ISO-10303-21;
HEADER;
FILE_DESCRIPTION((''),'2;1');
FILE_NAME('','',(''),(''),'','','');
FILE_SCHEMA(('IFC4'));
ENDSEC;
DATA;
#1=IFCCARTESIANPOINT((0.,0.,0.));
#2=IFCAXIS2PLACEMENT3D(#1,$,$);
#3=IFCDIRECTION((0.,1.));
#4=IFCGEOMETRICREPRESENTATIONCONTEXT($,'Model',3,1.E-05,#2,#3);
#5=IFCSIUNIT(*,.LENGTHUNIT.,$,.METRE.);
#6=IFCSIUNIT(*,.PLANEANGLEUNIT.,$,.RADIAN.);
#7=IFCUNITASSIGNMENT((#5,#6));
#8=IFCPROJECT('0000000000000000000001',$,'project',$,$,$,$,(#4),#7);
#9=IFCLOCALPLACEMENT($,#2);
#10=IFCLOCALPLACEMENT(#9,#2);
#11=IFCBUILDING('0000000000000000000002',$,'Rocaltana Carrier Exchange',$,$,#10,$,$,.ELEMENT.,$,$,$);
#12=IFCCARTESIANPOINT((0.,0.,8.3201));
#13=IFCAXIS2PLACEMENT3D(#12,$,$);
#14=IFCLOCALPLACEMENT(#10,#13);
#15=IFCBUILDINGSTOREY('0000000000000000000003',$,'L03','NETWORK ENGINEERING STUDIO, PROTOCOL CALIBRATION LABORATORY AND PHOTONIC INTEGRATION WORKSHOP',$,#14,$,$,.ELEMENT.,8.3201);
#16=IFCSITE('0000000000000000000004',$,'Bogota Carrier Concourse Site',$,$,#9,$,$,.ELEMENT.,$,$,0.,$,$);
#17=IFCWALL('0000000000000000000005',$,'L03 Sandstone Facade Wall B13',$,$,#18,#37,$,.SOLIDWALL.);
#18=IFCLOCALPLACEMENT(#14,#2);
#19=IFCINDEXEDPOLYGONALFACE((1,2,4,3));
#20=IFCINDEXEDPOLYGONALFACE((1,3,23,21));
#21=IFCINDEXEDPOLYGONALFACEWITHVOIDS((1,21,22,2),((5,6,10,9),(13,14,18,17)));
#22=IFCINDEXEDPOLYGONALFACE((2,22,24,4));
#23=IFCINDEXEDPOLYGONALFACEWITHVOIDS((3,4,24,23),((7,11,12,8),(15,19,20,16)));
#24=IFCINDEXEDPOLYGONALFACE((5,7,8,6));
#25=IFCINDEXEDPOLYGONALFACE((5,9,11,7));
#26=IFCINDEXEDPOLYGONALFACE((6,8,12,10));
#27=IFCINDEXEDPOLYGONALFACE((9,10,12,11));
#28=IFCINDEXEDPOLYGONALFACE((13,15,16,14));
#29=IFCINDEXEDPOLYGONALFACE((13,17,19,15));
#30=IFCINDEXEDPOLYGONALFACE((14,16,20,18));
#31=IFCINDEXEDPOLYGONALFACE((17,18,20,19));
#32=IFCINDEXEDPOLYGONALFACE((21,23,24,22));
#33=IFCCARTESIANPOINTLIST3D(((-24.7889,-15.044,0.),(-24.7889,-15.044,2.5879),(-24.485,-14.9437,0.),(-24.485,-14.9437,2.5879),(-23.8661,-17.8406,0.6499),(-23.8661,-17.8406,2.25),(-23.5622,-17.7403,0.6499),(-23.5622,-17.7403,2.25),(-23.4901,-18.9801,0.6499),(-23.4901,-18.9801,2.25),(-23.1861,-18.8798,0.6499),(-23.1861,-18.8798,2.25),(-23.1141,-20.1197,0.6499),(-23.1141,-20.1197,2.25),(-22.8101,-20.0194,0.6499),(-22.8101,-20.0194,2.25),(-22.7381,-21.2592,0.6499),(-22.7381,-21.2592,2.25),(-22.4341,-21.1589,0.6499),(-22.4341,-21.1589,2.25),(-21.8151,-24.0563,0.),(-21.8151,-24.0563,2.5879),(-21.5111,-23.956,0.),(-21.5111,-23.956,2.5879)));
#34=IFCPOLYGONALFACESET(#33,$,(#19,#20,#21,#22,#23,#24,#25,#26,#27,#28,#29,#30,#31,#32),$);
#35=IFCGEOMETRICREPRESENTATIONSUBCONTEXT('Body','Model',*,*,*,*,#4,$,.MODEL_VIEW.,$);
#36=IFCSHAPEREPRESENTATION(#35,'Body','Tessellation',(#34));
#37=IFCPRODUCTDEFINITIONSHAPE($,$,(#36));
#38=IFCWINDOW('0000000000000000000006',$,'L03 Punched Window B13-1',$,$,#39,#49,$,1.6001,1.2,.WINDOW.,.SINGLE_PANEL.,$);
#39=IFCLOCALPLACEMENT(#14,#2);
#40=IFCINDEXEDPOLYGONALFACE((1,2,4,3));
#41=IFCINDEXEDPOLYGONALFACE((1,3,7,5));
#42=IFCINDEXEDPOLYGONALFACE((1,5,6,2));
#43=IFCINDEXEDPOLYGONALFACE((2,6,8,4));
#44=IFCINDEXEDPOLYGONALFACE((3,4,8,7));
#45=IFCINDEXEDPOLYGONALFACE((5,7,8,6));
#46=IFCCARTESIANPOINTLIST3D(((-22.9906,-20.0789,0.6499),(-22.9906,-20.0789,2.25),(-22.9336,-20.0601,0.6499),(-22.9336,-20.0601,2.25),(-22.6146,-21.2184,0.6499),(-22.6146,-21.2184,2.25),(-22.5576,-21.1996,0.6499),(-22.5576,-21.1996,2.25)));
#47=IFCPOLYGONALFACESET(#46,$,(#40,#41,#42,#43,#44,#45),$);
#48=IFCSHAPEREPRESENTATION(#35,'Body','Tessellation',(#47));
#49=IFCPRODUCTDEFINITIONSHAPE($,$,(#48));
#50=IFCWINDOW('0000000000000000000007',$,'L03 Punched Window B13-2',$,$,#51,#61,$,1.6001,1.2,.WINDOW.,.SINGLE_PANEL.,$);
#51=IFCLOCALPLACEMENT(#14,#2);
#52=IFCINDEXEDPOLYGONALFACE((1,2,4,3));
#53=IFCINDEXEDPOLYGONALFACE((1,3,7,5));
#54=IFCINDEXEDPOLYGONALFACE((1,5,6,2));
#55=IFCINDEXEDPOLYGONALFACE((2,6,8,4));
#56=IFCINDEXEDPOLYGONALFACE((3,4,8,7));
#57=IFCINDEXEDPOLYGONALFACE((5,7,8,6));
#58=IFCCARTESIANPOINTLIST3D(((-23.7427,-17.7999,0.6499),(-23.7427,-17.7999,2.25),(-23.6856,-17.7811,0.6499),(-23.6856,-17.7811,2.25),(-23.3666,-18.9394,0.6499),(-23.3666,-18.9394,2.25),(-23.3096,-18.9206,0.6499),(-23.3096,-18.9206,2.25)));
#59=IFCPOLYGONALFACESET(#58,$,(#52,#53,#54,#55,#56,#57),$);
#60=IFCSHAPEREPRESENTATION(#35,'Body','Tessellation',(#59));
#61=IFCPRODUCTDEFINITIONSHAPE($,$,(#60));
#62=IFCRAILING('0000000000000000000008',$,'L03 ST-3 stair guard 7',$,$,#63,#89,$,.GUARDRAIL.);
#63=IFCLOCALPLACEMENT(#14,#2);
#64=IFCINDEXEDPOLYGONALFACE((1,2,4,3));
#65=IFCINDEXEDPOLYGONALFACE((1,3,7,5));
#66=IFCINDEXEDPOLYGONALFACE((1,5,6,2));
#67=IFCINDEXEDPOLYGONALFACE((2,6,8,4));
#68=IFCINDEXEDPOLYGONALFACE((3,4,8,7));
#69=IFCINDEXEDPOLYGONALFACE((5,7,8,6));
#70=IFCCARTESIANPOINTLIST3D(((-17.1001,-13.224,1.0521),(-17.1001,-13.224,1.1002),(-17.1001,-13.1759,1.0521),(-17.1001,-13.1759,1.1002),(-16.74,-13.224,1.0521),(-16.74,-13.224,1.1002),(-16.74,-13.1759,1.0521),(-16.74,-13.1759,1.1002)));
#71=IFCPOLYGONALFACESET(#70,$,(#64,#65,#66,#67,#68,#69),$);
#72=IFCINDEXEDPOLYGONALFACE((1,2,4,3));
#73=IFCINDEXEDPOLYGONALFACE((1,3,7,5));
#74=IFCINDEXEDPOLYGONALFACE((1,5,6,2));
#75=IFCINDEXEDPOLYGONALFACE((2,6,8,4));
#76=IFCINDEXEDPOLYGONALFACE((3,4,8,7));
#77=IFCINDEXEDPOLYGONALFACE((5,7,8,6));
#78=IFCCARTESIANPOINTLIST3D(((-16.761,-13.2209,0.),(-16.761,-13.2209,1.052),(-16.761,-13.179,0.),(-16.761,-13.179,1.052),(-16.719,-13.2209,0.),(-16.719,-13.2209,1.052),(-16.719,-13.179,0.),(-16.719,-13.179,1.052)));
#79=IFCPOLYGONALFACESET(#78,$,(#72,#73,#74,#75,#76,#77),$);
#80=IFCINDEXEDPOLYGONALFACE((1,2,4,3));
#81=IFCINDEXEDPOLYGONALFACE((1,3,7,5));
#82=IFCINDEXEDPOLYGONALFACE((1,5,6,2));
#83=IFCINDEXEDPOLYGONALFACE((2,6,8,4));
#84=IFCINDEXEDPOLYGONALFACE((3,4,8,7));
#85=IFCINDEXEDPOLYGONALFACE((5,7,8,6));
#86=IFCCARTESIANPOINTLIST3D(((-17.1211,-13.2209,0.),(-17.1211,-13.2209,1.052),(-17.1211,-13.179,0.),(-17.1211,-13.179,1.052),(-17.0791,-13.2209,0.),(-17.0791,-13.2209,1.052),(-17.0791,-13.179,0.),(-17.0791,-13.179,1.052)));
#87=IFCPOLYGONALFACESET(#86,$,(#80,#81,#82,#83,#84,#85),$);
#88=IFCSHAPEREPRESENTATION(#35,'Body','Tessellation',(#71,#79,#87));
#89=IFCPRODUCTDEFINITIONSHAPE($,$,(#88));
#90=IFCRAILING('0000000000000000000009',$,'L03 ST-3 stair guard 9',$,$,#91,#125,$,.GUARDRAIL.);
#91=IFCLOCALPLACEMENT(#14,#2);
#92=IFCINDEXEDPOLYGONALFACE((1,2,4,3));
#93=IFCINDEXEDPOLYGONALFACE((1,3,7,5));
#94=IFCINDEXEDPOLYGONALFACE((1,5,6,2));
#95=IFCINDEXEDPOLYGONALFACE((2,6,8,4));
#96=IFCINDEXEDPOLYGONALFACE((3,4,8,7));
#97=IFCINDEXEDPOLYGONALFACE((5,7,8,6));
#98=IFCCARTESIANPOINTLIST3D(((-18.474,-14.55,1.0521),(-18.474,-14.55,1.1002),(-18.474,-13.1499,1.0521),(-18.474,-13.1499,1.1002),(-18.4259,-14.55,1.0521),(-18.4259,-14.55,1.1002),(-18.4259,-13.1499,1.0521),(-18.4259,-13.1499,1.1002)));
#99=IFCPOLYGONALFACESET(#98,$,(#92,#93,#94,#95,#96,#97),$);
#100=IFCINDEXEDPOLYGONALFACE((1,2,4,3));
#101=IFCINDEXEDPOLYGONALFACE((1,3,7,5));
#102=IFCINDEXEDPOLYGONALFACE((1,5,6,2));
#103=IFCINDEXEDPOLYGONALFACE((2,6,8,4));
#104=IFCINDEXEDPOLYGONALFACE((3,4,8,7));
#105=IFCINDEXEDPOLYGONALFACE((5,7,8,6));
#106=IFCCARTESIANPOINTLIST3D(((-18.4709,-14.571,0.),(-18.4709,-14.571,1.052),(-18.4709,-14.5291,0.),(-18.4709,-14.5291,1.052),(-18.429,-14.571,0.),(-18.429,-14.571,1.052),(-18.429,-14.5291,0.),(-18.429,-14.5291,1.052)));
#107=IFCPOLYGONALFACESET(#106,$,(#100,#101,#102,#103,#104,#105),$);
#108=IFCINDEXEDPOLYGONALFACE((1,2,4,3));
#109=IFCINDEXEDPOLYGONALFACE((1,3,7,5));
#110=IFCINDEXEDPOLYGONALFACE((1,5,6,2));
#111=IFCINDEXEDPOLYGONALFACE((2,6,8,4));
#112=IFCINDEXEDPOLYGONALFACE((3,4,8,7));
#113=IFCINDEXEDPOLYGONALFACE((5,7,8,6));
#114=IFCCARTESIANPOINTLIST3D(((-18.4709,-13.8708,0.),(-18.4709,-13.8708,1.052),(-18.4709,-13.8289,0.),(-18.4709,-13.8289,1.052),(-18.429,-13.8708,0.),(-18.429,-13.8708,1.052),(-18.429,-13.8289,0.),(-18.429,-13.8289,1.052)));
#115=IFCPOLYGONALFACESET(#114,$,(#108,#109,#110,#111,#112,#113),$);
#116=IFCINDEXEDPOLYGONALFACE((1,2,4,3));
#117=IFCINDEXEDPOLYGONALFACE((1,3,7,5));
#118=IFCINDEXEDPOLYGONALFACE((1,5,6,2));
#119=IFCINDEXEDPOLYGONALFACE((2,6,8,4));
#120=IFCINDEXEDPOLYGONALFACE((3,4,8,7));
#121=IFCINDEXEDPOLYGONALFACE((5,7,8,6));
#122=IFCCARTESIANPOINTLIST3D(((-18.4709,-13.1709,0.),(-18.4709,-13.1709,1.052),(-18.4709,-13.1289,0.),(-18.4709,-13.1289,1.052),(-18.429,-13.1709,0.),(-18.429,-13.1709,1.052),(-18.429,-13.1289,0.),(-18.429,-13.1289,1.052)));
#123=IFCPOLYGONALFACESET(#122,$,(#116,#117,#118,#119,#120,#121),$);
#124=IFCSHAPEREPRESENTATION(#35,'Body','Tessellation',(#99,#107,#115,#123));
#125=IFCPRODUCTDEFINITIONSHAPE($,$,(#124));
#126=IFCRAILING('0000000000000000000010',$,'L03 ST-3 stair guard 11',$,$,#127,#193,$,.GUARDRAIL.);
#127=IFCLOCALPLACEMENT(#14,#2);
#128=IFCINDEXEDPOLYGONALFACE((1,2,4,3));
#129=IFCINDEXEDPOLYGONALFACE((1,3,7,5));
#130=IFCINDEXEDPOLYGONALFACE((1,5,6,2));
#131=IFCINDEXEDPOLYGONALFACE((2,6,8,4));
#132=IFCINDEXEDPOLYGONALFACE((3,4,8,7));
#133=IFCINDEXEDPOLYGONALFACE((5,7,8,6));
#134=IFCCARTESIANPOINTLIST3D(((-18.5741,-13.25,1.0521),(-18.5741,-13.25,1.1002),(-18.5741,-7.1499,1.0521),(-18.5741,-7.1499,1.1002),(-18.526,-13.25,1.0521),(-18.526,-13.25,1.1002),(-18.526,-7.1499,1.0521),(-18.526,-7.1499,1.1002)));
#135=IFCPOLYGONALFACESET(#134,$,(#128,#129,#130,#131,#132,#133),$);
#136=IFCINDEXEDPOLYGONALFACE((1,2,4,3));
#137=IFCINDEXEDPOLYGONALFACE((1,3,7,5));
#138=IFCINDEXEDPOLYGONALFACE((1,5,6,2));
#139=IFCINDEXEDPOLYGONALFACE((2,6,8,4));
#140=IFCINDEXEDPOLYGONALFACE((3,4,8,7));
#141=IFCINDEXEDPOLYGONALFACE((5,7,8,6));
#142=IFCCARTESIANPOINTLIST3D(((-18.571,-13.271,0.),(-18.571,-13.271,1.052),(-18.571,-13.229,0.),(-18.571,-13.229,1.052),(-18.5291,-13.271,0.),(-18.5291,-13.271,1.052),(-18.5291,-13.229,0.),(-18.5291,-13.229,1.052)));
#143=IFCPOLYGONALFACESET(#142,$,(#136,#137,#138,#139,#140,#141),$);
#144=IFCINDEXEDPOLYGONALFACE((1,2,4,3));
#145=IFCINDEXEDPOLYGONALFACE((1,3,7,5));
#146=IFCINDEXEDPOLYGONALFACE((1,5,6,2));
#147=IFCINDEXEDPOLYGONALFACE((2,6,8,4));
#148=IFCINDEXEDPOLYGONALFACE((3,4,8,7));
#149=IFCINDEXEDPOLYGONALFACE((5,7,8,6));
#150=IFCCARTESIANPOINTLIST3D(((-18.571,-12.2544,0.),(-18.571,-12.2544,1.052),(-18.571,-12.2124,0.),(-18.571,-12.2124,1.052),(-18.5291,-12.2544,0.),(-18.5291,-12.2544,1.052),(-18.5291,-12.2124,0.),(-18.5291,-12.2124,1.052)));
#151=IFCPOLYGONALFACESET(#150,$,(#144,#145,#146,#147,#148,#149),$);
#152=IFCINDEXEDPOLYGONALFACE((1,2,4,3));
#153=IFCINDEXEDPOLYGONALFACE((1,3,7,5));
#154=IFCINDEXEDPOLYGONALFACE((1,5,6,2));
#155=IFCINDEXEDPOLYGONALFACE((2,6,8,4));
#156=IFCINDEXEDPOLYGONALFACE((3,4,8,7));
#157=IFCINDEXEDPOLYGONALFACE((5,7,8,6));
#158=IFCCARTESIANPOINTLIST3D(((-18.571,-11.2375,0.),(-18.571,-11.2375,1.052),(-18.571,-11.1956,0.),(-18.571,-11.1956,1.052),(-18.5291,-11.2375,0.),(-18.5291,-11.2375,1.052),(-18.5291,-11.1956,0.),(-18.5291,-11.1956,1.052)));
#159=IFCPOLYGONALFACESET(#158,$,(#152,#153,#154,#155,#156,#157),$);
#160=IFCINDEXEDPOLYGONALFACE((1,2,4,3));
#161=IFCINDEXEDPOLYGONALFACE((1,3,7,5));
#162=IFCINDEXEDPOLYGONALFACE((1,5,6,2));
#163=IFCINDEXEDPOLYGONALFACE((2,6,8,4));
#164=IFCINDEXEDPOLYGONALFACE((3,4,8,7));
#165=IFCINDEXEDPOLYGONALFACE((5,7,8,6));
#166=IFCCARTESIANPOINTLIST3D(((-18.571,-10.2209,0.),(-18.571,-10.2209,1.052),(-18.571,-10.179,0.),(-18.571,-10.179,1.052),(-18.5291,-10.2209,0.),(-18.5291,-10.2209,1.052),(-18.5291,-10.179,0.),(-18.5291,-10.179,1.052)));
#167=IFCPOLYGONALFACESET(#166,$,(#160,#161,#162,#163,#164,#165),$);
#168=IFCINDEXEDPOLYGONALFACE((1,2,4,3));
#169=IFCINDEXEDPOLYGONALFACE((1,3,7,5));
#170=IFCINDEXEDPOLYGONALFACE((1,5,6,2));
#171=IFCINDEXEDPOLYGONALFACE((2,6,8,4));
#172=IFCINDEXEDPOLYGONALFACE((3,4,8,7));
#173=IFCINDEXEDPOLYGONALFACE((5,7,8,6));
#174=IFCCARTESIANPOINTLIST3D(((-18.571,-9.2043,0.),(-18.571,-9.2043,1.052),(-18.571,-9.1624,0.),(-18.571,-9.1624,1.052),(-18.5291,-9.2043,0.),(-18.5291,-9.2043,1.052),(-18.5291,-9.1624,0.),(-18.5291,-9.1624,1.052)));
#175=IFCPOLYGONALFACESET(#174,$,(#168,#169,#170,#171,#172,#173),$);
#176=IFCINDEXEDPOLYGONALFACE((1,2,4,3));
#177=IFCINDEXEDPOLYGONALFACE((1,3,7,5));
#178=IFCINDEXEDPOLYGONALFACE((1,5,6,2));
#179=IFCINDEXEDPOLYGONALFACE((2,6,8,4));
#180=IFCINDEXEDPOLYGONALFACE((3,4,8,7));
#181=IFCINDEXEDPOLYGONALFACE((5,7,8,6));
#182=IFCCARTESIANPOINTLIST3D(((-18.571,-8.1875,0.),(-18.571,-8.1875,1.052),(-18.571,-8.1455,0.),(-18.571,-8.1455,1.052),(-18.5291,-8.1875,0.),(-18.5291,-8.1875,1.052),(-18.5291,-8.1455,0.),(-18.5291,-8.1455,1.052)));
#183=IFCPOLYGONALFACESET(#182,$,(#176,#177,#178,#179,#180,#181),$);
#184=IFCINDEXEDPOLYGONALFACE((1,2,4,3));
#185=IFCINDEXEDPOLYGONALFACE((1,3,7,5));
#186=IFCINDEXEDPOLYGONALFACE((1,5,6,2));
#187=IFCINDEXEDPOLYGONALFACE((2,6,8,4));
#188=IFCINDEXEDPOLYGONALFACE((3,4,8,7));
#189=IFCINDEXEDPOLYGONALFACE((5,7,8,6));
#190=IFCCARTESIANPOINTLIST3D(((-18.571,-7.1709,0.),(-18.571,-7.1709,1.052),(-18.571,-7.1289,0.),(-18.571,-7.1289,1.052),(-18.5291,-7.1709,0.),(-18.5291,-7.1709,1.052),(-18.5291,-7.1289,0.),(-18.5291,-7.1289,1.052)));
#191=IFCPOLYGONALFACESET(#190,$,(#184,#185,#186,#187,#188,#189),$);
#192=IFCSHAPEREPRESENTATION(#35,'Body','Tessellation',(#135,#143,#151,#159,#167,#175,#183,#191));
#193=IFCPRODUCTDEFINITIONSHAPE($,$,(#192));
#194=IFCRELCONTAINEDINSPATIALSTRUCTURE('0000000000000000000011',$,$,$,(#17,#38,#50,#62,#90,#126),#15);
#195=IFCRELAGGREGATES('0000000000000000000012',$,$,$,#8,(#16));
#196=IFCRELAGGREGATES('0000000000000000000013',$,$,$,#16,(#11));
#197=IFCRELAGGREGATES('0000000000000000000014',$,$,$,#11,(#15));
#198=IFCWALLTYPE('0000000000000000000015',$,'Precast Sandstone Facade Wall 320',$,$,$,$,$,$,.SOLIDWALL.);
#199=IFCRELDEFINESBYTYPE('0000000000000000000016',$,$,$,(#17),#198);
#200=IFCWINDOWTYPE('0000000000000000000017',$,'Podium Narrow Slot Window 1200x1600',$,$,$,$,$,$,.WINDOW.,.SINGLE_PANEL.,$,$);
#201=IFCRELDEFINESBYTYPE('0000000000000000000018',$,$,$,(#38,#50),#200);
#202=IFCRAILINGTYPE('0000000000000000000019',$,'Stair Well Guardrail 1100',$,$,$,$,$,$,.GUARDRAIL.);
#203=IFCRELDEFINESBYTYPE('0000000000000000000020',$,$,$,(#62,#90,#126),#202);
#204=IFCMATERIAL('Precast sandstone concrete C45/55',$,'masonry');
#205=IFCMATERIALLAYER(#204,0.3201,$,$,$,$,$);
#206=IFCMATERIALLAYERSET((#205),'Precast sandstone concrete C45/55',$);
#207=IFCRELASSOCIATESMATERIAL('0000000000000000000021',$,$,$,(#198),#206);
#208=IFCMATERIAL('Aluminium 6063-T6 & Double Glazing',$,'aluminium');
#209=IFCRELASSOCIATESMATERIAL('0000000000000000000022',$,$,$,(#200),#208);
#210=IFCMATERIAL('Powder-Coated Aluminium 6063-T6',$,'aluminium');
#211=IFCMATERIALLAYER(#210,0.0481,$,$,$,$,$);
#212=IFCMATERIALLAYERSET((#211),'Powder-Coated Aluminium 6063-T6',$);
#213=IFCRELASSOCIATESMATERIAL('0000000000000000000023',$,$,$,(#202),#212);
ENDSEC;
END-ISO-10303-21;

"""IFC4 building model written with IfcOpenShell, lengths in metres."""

from ifc_helpers import new_model, si_unit, direction, frame, frame_2d, origin, origin_2d, place, context, subcontext, project, spatial, rectangle, extrude, material, layer, layer_set, type_object, element, fill, save


model = new_model("IFC4")

# Units and contexts
model_context = context("Model", 3, precision=1e-05, world=origin(), true_north=direction((0.0, 1.0)))
body_context = subcontext(model_context, "Body", "Model", "MODEL_VIEW")
ifc_project = project(units=[si_unit("LENGTHUNIT", "METRE"), si_unit("PLANEANGLEUNIT", "RADIAN")], contexts=[model_context])

# Site, building, storey
site_placement = place(None, origin())
site = spatial("IfcSite", under=ifc_project, at=site_placement, Name="Bogota Carrier Concourse Site", CompositionType="ELEMENT", RefElevation=0.0)
building_placement = place(site_placement, origin())
building = spatial("IfcBuilding", under=site, at=building_placement, Name="Rocaltana Carrier Exchange", CompositionType="ELEMENT")
storey_placement = place(building_placement, frame((0.0, 0.0, 8.3201)))
storey = spatial("IfcBuildingStorey", under=building, at=storey_placement, Name="L03", Description="NETWORK ENGINEERING STUDIO, PROTOCOL CALIBRATION LABORATORY AND PHOTONIC INTEGRATION WORKSHOP", CompositionType="ELEMENT", Elevation=8.3201)

# Wall, openings, windows
ifc_material_1 = material(Name="Precast sandstone concrete C45/55", Category="masonry")
ifc_layer_1 = layer(ifc_material_1, 0.3201)
ifc_layer_set_1 = layer_set([ifc_layer_1], Name="Precast sandstone concrete C45/55")
wall_type_1 = type_object("IfcWallType", Name="Precast Sandstone Facade Wall 320", PredefinedType="SOLIDWALL", material=ifc_layer_set_1)
wall_1_placement = place(storey_placement, frame((-21.6631, -24.0061, 0.0), z_axis=(0.0, 0.0, 1.0), x_axis=(-0.313363, 0.949633, 0.0)))
wall_1 = element("IfcWall", 1, at=wall_1_placement, inside=storey, type_object=wall_type_1, Name="L03 Sandstone Facade Wall B13", PredefinedType="SOLIDWALL", context=body_context, shape_type="SweptSolid", body=[
    extrude(rectangle(XDim=9.4902, YDim=0.3201, at=frame_2d((4.7451, 0.0))), origin(), (0.0, 0.0, 1.0), 2.5879),
])
opening_1_placement = place(wall_1_placement, frame((2.9453, 0.0, 0.6499)))
opening_1 = element("IfcOpeningElement", 2, at=opening_1_placement, cuts=wall_1, PredefinedType="OPENING", context=body_context, shape_type="SweptSolid", body=[
    extrude(rectangle(XDim=1.2, YDim=1.6001, at=frame_2d((0.6001, 0.8))), frame((0.0, 0.1699, 0.0), z_axis=(0.0, -1.0, 0.0), x_axis=(1.0, 0.0, 0.0)), (0.0, 0.0, 1.0), 0.3401),
])
opening_2_placement = place(wall_1_placement, frame((5.3452, 0.0, 0.6499)))
opening_2 = element("IfcOpeningElement", 3, at=opening_2_placement, cuts=wall_1, PredefinedType="OPENING", context=body_context, shape_type="SweptSolid", body=[
    extrude(rectangle(XDim=1.2, YDim=1.6001, at=frame_2d((0.6001, 0.8))), frame((0.0, 0.1699, 0.0), z_axis=(0.0, -1.0, 0.0), x_axis=(1.0, 0.0, 0.0)), (0.0, 0.0, 1.0), 0.3401),
])
ifc_material_2 = material(Name="Aluminium 6063-T6 & Double Glazing", Category="aluminium")
window_type_1 = type_object("IfcWindowType", Name="Podium Narrow Slot Window 1200x1600", PartitioningType="SINGLE_PANEL", PredefinedType="WINDOW", material=ifc_material_2)
window_1_placement = place(opening_1_placement, origin())
window_1 = element("IfcWindow", 4, at=window_1_placement, inside=storey, type_object=window_type_1, Name="L03 Punched Window B13-1", OverallHeight=1.6001, OverallWidth=1.2, PartitioningType="SINGLE_PANEL", PredefinedType="WINDOW", context=body_context, shape_type="SweptSolid", body=[
    extrude(rectangle(XDim=1.2, YDim=1.6001, at=frame_2d((0.6001, 0.8))), frame((0.0, 0.03, 0.0), z_axis=(0.0, -1.0, 0.0), x_axis=(1.0, 0.0, 0.0)), (0.0, 0.0, 1.0), 0.0601),
])
fill(opening_1, window_1)
window_2_placement = place(opening_2_placement, origin())
window_2 = element("IfcWindow", 5, at=window_2_placement, inside=storey, type_object=window_type_1, Name="L03 Punched Window B13-2", OverallHeight=1.6001, OverallWidth=1.2, PartitioningType="SINGLE_PANEL", PredefinedType="WINDOW", context=body_context, shape_type="SweptSolid", body=[
    extrude(rectangle(XDim=1.2, YDim=1.6001, at=frame_2d((0.6001, 0.8))), frame((0.0, 0.03, 0.0), z_axis=(0.0, -1.0, 0.0), x_axis=(1.0, 0.0, 0.0)), (0.0, 0.0, 1.0), 0.0601),
])
fill(opening_2, window_2)

# Railings
ifc_material_3 = material(Name="Powder-Coated Aluminium 6063-T6", Category="aluminium")
ifc_layer_2 = layer(ifc_material_3, 0.0481)
ifc_layer_set_2 = layer_set([ifc_layer_2], Name="Powder-Coated Aluminium 6063-T6")
railing_type_1 = type_object("IfcRailingType", Name="Stair Well Guardrail 1100", PredefinedType="GUARDRAIL", material=ifc_layer_set_2)
railing_1_placement = place(storey_placement, frame((-16.74, -13.2, 0.0)))
element("IfcRailing", 6, at=railing_1_placement, inside=storey, type_object=railing_type_1, Name="L03 ST-3 stair guard 7", PredefinedType="GUARDRAIL", context=body_context, shape_type="SweptSolid", body=[
    extrude(rectangle(XDim=0.0481, YDim=0.0481, at=origin_2d()), frame((0.0, 0.0, 1.0762), z_axis=(-1.0, 0.0, 0.0), x_axis=(0.0, -1.0, 0.0)), (0.0, 0.0, 1.0), 0.3601),
    extrude(rectangle(XDim=0.042, YDim=0.042, at=origin_2d()), origin(), (0.0, 0.0, 1.0), 1.052),
    extrude(rectangle(XDim=0.042, YDim=0.042, at=origin_2d()), frame((-0.3601, 0.0, 0.0)), (0.0, 0.0, 1.0), 1.052),
])
railing_2_placement = place(storey_placement, frame((-18.45, -14.55, 0.0)))
element("IfcRailing", 7, at=railing_2_placement, inside=storey, type_object=railing_type_1, Name="L03 ST-3 stair guard 9", PredefinedType="GUARDRAIL", context=body_context, shape_type="SweptSolid", body=[
    extrude(rectangle(XDim=0.0481, YDim=0.0481, at=origin_2d()), frame((0.0, 0.0, 1.0762), z_axis=(0.0, 1.0, 0.0), x_axis=(-1.0, 0.0, 0.0)), (0.0, 0.0, 1.0), 1.4001),
    extrude(rectangle(XDim=0.042, YDim=0.042, at=origin_2d()), origin(), (0.0, 0.0, 1.0), 1.052),
    extrude(rectangle(XDim=0.042, YDim=0.042, at=origin_2d()), frame((0.0, 0.7002, 0.0)), (0.0, 0.0, 1.0), 1.052),
    extrude(rectangle(XDim=0.042, YDim=0.042, at=origin_2d()), frame((0.0, 1.4001, 0.0)), (0.0, 0.0, 1.0), 1.052),
])
railing_3_placement = place(storey_placement, frame((-18.55, -13.25, 0.0)))
element("IfcRailing", 8, at=railing_3_placement, inside=storey, type_object=railing_type_1, Name="L03 ST-3 stair guard 11", PredefinedType="GUARDRAIL", context=body_context, shape_type="SweptSolid", body=[
    extrude(rectangle(XDim=0.0481, YDim=0.0481, at=origin_2d()), frame((0.0, 0.0, 1.0762), z_axis=(0.0, 1.0, 0.0), x_axis=(-1.0, 0.0, 0.0)), (0.0, 0.0, 1.0), 6.1001),
    extrude(rectangle(XDim=0.042, YDim=0.042, at=origin_2d()), origin(), (0.0, 0.0, 1.0), 1.052),
    extrude(rectangle(XDim=0.042, YDim=0.042, at=origin_2d()), frame((0.0, 1.0166, 0.0)), (0.0, 0.0, 1.0), 1.052),
    extrude(rectangle(XDim=0.042, YDim=0.042, at=origin_2d()), frame((0.0, 2.0334, 0.0)), (0.0, 0.0, 1.0), 1.052),
    extrude(rectangle(XDim=0.042, YDim=0.042, at=origin_2d()), frame((0.0, 3.05, 0.0)), (0.0, 0.0, 1.0), 1.052),
    extrude(rectangle(XDim=0.042, YDim=0.042, at=origin_2d()), frame((0.0, 4.0667, 0.0)), (0.0, 0.0, 1.0), 1.052),
    extrude(rectangle(XDim=0.042, YDim=0.042, at=origin_2d()), frame((0.0, 5.0835, 0.0)), (0.0, 0.0, 1.0), 1.052),
    extrude(rectangle(XDim=0.042, YDim=0.042, at=origin_2d()), frame((0.0, 6.1001, 0.0)), (0.0, 0.0, 1.0), 1.052),
])

save(model, "model.ifc")
